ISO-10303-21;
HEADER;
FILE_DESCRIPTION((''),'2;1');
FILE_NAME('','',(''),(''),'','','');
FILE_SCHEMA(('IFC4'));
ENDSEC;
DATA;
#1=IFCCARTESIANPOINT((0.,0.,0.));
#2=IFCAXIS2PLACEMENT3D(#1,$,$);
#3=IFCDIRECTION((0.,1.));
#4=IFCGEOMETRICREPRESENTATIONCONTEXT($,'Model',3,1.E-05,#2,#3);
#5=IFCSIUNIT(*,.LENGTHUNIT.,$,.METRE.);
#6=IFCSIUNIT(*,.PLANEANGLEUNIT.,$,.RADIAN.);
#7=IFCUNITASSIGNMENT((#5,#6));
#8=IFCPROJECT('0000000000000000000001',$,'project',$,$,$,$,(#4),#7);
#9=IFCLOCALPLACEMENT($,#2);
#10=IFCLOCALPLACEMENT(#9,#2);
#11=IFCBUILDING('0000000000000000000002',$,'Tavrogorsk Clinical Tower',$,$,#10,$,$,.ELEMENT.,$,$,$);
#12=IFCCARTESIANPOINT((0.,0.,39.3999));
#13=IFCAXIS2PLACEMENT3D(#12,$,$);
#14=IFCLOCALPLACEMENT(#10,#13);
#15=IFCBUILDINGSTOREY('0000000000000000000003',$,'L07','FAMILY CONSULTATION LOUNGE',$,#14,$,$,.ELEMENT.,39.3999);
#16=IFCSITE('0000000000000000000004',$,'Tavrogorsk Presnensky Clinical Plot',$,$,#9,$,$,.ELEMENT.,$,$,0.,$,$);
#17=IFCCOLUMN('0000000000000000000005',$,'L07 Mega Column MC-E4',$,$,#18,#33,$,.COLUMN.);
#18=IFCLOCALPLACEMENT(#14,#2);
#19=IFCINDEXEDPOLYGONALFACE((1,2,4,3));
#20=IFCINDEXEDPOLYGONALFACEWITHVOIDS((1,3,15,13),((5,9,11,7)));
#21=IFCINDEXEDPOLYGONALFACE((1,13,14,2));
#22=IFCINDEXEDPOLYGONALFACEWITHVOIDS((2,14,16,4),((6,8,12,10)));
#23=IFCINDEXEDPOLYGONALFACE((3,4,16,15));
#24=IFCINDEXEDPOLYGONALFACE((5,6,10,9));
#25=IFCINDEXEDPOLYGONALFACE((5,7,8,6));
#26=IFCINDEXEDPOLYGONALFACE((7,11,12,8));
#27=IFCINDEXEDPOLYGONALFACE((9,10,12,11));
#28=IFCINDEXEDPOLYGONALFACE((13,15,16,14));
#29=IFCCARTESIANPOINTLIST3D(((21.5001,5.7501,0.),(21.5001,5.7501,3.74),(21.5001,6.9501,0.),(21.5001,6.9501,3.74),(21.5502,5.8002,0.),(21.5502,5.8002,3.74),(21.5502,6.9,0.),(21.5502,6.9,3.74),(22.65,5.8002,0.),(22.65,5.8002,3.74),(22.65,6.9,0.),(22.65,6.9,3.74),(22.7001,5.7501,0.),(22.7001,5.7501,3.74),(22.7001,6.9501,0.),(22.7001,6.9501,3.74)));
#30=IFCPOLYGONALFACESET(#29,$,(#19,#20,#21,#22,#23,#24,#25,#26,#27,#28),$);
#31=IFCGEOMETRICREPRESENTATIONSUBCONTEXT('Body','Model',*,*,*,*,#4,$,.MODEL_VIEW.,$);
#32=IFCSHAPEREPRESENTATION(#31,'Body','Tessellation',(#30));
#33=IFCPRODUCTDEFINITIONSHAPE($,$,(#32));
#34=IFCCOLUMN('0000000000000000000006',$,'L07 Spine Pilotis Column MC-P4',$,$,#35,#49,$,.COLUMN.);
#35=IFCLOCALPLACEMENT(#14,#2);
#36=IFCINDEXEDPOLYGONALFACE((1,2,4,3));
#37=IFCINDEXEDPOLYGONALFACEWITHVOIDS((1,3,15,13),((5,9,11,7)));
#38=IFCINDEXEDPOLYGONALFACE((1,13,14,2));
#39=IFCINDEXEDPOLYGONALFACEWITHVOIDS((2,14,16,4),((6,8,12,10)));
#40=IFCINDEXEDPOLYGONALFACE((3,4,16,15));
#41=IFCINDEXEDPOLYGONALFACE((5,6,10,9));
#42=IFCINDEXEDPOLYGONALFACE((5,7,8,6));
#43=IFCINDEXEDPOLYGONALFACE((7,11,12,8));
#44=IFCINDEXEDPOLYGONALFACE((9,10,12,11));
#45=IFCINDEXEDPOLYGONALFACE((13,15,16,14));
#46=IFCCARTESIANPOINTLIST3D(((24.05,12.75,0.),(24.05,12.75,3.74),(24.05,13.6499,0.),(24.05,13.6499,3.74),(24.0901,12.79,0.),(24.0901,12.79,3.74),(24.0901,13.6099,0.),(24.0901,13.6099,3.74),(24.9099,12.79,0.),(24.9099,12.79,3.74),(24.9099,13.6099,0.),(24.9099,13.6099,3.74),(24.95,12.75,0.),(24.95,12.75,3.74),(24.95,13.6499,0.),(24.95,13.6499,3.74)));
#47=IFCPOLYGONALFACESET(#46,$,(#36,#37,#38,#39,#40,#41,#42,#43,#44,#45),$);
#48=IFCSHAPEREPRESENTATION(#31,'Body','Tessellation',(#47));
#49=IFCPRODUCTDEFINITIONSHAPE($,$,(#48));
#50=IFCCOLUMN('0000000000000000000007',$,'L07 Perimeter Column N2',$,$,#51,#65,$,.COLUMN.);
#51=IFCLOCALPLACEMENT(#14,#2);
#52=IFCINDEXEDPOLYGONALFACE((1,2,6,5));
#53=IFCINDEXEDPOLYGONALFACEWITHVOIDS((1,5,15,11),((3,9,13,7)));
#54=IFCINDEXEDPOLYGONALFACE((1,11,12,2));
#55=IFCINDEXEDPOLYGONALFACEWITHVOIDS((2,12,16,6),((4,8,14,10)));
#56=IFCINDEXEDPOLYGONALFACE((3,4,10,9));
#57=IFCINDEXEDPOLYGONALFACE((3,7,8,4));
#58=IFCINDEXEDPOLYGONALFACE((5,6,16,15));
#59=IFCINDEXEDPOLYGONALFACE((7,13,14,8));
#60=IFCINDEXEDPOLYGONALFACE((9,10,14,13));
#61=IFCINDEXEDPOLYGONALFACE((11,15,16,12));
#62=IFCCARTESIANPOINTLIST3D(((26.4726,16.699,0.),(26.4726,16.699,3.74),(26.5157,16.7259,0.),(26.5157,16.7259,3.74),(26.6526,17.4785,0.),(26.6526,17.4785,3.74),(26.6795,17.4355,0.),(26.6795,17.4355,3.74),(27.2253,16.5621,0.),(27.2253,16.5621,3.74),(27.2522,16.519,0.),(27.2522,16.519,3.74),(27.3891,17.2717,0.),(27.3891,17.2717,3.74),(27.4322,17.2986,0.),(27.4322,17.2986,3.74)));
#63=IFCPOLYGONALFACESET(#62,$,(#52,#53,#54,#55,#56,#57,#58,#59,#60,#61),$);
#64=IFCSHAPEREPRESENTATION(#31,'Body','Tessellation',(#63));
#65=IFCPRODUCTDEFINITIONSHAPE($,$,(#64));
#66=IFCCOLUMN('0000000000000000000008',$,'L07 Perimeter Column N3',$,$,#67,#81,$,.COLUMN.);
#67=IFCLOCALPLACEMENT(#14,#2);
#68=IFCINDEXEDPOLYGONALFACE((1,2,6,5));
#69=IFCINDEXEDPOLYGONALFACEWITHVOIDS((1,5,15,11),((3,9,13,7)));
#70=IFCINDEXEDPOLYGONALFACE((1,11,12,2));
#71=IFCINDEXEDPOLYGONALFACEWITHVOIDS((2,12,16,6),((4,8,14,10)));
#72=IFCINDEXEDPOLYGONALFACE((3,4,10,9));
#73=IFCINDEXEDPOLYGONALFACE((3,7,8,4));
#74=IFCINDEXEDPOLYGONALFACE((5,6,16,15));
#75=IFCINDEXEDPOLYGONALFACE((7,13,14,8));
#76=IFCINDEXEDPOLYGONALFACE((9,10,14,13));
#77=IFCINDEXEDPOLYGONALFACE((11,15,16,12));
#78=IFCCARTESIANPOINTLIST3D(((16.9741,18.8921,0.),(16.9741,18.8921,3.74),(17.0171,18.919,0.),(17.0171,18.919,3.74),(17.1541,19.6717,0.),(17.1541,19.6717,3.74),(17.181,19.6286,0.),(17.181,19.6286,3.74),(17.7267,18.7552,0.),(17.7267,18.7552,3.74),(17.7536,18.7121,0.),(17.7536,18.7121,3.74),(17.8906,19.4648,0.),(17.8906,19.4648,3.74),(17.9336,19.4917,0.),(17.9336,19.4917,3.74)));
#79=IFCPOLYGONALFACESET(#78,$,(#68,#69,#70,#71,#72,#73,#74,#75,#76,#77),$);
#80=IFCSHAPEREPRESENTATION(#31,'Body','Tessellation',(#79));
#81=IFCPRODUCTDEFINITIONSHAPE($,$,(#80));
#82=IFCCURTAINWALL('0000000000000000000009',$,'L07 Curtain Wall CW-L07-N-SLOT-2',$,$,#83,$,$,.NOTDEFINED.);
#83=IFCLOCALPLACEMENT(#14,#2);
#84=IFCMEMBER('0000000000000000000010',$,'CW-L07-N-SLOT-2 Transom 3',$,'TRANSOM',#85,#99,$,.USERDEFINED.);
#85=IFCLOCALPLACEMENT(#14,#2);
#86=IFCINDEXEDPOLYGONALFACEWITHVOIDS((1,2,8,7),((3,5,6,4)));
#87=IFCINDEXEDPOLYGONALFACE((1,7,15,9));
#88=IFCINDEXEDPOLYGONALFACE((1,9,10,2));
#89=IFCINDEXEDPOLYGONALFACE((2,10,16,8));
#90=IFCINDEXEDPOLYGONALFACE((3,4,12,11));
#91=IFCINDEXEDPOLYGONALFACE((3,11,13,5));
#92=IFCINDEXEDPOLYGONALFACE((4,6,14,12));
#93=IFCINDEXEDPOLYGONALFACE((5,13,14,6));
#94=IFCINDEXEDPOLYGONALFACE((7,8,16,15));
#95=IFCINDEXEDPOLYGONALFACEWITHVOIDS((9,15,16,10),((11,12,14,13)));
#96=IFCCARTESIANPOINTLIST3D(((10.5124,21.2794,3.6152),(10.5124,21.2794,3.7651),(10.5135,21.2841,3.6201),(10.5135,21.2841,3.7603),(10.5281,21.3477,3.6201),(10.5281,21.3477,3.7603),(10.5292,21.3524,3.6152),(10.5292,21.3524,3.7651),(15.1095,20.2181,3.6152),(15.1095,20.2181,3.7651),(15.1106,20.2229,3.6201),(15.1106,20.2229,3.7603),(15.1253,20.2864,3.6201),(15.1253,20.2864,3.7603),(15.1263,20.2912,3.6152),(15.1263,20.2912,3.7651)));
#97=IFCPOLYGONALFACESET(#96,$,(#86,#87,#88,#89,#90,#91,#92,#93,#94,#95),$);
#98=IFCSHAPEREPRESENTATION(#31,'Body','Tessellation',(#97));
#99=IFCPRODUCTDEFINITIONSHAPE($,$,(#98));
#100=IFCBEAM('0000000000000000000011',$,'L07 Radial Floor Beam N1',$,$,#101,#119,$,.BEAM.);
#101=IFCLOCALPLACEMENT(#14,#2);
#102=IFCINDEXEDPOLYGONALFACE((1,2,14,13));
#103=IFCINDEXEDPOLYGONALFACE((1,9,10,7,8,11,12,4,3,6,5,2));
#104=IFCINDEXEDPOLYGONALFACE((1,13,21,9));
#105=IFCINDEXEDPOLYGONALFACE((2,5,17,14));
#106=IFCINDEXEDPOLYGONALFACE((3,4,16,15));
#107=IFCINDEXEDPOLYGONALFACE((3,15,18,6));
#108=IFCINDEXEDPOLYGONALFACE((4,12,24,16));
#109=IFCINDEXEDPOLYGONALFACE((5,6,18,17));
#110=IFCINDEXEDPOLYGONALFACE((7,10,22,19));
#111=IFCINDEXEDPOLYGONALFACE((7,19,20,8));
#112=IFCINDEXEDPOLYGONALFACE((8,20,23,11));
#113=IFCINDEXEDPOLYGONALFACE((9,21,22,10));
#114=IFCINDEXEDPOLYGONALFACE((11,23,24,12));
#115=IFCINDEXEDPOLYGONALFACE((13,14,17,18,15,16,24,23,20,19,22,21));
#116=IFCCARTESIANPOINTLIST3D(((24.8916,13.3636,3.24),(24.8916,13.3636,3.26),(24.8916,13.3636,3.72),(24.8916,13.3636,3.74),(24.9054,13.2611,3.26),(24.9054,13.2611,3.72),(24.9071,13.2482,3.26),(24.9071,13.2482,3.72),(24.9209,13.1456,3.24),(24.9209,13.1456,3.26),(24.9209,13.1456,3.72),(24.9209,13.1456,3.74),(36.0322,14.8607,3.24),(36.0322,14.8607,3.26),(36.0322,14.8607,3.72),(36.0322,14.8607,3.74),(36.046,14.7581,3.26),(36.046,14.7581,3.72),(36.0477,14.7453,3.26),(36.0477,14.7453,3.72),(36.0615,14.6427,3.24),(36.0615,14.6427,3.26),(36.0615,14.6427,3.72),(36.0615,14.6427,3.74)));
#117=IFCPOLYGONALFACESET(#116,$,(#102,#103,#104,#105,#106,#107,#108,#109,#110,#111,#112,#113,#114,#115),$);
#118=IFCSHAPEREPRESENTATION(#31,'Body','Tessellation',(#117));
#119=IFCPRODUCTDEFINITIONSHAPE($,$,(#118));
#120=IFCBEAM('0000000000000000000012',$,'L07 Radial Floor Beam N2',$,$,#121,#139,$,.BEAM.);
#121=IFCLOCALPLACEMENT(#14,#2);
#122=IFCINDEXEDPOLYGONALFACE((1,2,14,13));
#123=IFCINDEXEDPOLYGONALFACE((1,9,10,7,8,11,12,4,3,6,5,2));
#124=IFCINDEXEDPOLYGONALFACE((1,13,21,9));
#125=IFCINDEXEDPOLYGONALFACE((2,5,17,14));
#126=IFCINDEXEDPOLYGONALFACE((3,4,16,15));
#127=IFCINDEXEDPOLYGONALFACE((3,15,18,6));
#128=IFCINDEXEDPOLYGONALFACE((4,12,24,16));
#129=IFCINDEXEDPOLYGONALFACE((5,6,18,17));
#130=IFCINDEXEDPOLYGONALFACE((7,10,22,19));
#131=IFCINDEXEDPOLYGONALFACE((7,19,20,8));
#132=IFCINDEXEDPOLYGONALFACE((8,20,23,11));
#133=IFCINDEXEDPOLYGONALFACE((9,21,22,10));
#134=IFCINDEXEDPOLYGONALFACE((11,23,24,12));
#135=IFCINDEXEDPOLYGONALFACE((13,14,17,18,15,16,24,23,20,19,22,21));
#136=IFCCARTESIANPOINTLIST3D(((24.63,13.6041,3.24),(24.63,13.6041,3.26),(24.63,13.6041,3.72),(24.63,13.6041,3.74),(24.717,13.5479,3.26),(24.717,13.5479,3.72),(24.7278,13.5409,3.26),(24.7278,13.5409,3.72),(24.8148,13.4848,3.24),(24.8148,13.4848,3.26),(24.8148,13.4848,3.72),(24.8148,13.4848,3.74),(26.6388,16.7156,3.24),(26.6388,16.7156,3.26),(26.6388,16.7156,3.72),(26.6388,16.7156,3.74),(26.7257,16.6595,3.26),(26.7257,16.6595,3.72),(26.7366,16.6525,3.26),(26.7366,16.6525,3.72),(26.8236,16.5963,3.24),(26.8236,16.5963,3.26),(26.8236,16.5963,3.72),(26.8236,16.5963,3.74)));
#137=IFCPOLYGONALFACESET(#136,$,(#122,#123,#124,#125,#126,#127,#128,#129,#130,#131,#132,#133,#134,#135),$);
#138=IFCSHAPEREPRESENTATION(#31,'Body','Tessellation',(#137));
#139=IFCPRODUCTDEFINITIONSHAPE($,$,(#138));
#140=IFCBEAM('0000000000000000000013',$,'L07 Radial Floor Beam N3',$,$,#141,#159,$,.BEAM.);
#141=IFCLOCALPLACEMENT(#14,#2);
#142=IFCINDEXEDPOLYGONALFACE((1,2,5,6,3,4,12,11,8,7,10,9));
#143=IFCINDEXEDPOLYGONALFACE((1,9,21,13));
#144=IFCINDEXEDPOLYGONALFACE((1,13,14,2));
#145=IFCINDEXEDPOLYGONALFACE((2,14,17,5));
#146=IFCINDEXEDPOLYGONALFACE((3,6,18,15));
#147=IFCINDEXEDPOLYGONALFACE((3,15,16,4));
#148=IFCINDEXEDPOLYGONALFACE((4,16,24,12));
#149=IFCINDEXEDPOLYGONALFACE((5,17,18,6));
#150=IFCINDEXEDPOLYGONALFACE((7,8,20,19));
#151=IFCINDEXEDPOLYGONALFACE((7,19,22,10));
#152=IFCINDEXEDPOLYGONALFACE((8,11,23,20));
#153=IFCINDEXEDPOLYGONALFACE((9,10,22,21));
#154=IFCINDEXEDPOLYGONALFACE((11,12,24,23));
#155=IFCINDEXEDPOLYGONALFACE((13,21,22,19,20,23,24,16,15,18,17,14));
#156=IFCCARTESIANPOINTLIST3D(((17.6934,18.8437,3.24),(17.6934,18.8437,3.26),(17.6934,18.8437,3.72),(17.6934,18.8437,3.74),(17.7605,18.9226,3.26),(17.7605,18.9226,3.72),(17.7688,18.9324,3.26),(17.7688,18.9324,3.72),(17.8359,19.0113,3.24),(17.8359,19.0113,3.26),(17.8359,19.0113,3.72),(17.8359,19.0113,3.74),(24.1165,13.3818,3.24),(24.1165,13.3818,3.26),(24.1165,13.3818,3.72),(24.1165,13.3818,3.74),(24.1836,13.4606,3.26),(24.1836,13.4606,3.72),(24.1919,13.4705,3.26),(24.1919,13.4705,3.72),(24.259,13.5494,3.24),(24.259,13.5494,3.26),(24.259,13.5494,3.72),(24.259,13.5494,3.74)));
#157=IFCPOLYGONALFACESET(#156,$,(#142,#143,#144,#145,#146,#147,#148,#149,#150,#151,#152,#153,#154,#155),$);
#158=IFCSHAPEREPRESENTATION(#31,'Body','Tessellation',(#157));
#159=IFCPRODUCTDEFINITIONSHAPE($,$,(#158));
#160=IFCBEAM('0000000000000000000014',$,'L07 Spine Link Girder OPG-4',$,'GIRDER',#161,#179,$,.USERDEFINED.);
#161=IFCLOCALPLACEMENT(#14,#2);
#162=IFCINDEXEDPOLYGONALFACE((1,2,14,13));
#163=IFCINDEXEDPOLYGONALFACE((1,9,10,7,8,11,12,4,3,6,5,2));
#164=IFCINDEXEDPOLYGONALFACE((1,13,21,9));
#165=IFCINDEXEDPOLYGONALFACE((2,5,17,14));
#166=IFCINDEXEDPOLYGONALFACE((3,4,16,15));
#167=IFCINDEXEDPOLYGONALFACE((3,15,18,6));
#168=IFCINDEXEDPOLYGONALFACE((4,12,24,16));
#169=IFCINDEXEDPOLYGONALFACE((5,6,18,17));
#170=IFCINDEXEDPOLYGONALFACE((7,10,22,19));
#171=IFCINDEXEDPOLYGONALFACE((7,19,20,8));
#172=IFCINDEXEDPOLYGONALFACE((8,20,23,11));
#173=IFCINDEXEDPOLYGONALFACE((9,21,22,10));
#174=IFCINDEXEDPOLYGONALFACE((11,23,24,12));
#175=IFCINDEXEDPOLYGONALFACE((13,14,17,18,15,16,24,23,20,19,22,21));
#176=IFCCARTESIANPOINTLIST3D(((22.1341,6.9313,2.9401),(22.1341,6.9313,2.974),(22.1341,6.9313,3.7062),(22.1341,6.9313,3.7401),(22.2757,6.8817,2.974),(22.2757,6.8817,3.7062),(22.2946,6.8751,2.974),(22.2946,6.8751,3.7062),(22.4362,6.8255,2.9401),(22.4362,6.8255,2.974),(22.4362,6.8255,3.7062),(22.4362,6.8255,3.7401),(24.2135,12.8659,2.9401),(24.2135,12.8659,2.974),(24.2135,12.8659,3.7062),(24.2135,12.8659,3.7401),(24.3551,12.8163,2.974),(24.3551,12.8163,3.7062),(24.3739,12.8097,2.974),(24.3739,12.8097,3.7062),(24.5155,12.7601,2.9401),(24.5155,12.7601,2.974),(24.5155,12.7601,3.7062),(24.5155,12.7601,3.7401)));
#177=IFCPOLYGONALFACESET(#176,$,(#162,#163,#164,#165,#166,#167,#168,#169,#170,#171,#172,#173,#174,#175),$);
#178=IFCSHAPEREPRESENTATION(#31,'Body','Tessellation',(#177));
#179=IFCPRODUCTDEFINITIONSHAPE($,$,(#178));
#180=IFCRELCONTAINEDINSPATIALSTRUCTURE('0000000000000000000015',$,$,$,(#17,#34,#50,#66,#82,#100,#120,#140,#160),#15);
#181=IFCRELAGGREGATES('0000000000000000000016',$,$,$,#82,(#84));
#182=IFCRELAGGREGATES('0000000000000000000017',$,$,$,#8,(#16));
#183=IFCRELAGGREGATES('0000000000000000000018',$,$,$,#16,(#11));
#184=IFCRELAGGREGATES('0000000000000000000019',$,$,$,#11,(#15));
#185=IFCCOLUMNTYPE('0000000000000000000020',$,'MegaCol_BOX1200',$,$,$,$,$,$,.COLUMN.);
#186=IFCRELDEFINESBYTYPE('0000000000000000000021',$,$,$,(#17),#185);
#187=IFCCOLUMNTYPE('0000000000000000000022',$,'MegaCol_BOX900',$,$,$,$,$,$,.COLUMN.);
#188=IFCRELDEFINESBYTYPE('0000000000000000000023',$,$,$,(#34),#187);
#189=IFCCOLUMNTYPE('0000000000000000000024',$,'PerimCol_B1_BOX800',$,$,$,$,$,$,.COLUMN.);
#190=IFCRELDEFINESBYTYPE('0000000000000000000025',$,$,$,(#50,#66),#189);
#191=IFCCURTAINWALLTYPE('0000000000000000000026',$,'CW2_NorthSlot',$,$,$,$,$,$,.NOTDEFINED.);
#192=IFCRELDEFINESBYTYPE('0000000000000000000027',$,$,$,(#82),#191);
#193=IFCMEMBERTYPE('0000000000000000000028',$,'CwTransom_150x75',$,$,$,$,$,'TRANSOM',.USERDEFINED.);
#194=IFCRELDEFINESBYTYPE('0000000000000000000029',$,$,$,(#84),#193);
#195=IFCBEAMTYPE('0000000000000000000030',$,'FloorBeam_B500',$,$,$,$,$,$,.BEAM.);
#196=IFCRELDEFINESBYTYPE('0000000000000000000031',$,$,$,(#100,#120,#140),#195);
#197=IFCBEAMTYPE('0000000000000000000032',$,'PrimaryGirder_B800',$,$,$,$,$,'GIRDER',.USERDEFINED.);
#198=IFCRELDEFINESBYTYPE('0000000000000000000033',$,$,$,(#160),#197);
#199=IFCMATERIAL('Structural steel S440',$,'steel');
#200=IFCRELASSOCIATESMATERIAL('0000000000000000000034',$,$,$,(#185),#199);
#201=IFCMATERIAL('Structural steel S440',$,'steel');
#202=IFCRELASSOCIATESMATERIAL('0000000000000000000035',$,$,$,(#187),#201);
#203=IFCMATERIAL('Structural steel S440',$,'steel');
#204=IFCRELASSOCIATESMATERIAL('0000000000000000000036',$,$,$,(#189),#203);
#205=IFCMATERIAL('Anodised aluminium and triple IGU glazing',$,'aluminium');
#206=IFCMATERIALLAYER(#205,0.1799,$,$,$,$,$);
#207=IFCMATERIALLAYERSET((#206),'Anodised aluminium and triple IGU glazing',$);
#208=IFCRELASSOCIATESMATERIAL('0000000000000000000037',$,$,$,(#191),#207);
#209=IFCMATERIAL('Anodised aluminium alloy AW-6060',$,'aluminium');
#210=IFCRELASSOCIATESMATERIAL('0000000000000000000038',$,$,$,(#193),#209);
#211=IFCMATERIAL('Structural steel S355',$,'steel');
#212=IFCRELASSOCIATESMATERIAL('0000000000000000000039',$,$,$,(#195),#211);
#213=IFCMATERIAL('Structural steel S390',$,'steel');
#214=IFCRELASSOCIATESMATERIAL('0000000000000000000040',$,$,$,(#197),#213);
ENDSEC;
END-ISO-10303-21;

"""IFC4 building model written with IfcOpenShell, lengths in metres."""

from ifc_helpers import new_model, si_unit, direction, frame, origin, origin_2d, place, context, subcontext, project, spatial, hollow_rectangle, i_section, extrude, material, layer, layer_set, material_profile, profile_set, type_object, element, aggregate, save


model = new_model("IFC4")

# Units and contexts
model_context = context("Model", 3, precision=1e-05, world=origin(), true_north=direction((0.0, 1.0)))
body_context = subcontext(model_context, "Body", "Model", "MODEL_VIEW")
ifc_project = project(units=[si_unit("LENGTHUNIT", "METRE"), si_unit("PLANEANGLEUNIT", "RADIAN")], contexts=[model_context])

# Site, building, storey
site_placement = place(None, origin())
site = spatial("IfcSite", under=ifc_project, at=site_placement, Name="Tavrogorsk Presnensky Clinical Plot", CompositionType="ELEMENT", RefElevation=0.0)
building_placement = place(site_placement, origin())
building = spatial("IfcBuilding", under=site, at=building_placement, Name="Tavrogorsk Clinical Tower", CompositionType="ELEMENT")
storey_placement = place(building_placement, frame((0.0, 0.0, 39.3999)))
storey = spatial("IfcBuildingStorey", under=building, at=storey_placement, Name="L07", Description="FAMILY CONSULTATION LOUNGE", CompositionType="ELEMENT", Elevation=39.3999)

# Columns
ifc_material_1 = material(Name="Structural steel S440", Category="steel")
ifc_material_profile_1 = material_profile(ifc_material_1, hollow_rectangle(XDim=1.2, YDim=1.2, WallThickness=0.05, at=origin_2d()), Name="BOX-1200x1200x50")
ifc_profile_set_1 = profile_set([ifc_material_profile_1], Name="Structural steel S440")
column_type_1 = type_object("IfcColumnType", Name="MegaCol_BOX1200", PredefinedType="COLUMN", material=ifc_profile_set_1)
column_1_placement = place(storey_placement, frame((22.1001, 6.3501, 0.0), z_axis=(0.0, 0.0, 1.0), x_axis=(1.0, 0.0, 0.0)))
element("IfcColumn", 1, at=column_1_placement, inside=storey, type_object=column_type_1, Name="L07 Mega Column MC-E4", PredefinedType="COLUMN", context=body_context, shape_type="SweptSolid", body=[
    extrude(hollow_rectangle(XDim=1.2, YDim=1.2, WallThickness=0.05, at=origin_2d()), origin(), (0.0, 0.0, 1.0), 3.74),
])
ifc_material_2 = material(Name="Structural steel S440", Category="steel")
ifc_material_profile_2 = material_profile(ifc_material_2, hollow_rectangle(XDim=0.8999, YDim=0.8999, WallThickness=0.04, at=origin_2d()), Name="BOX-900x900x40")
ifc_profile_set_2 = profile_set([ifc_material_profile_2], Name="Structural steel S440")
column_type_2 = type_object("IfcColumnType", Name="MegaCol_BOX900", PredefinedType="COLUMN", material=ifc_profile_set_2)
column_2_placement = place(storey_placement, frame((24.5, 13.2, 0.0), z_axis=(0.0, 0.0, 1.0), x_axis=(1.0, 0.0, 0.0)))
element("IfcColumn", 2, at=column_2_placement, inside=storey, type_object=column_type_2, Name="L07 Spine Pilotis Column MC-P4", PredefinedType="COLUMN", context=body_context, shape_type="SweptSolid", body=[
    extrude(hollow_rectangle(XDim=0.8999, YDim=0.8999, WallThickness=0.04, at=origin_2d()), origin(), (0.0, 0.0, 1.0), 3.74),
])
ifc_material_3 = material(Name="Structural steel S440", Category="steel")
ifc_material_profile_3 = material_profile(ifc_material_3, hollow_rectangle(XDim=0.8, YDim=0.8, WallThickness=0.0359, at=origin_2d()), Name="BOX-800x800x36")
ifc_profile_set_3 = profile_set([ifc_material_profile_3], Name="Structural steel S440")
column_type_3 = type_object("IfcColumnType", Name="PerimCol_B1_BOX800", PredefinedType="COLUMN", material=ifc_profile_set_3)
for number, where, z_axis, x_axis, name in (
    (3, (26.9524, 16.9988, 0.0), (0.0, 0.0, 1.0), (0.97437, -0.224951, 0.0), "L07 Perimeter Column N2"),
    (4, (17.4539, 19.1919, 0.0), (0.0, 0.0, 1.0), (0.97437, -0.224951, 0.0), "L07 Perimeter Column N3"),
):
    element("IfcColumn", number, at=place(storey_placement, frame(where, z_axis=z_axis, x_axis=x_axis)), inside=storey, type_object=column_type_3, Name=name, PredefinedType="COLUMN", context=body_context, shape_type="SweptSolid", body=[
        extrude(hollow_rectangle(XDim=0.8, YDim=0.8, WallThickness=0.0359, at=origin_2d()), origin(), (0.0, 0.0, 1.0), 3.74),
    ])

# Curtain wall, member
ifc_material_4 = material(Name="Anodised aluminium and triple IGU glazing", Category="aluminium")
ifc_layer_1 = layer(ifc_material_4, 0.1799)
ifc_layer_set_1 = layer_set([ifc_layer_1], Name="Anodised aluminium and triple IGU glazing")
curtain_wall_type = type_object("IfcCurtainWallType", Name="CW2_NorthSlot", PredefinedType="NOTDEFINED", material=ifc_layer_set_1)
curtain_wall_placement = place(storey_placement, origin())
curtain_wall = element("IfcCurtainWall", 5, at=curtain_wall_placement, inside=storey, type_object=curtain_wall_type, Name="L07 Curtain Wall CW-L07-N-SLOT-2", PredefinedType="NOTDEFINED")
ifc_material_5 = material(Name="Anodised aluminium alloy AW-6060", Category="aluminium")
ifc_material_profile_4 = material_profile(ifc_material_5, hollow_rectangle(XDim=0.075, YDim=0.1499, WallThickness=0.0049, at=origin_2d()), Name="RHS-150x75x5")
ifc_profile_set_4 = profile_set([ifc_material_profile_4], Name="Anodised aluminium alloy AW-6060")
member_type = type_object("IfcMemberType", Name="CwTransom_150x75", ElementType="TRANSOM", PredefinedType="USERDEFINED", material=ifc_profile_set_4)
member_placement = place(storey_placement, frame((15.1179, 20.2546, 3.6902), z_axis=(-0.974373, 0.224939, 0.0), x_axis=(-0.224939, -0.974373, 0.0)))
member = element("IfcMember", 6, at=member_placement, type_object=member_type, Name="CW-L07-N-SLOT-2 Transom 3", ObjectType="TRANSOM", PredefinedType="USERDEFINED", context=body_context, shape_type="SweptSolid", body=[
    extrude(hollow_rectangle(XDim=0.075, YDim=0.1499, WallThickness=0.0049, at=origin_2d()), origin(), (0.0, 0.0, 1.0), 4.718),
])
aggregate(curtain_wall, [member])

# Beams
ifc_material_6 = material(Name="Structural steel S355", Category="steel")
ifc_material_profile_5 = material_profile(ifc_material_6, i_section(OverallWidth=0.22, OverallDepth=0.5, WebThickness=0.0129, FlangeThickness=0.02, at=origin_2d()), Name="B-500x220x13x20")
ifc_profile_set_5 = profile_set([ifc_material_profile_5], Name="Structural steel S355")
beam_type_1 = type_object("IfcBeamType", Name="FloorBeam_B500", PredefinedType="BEAM", material=ifc_profile_set_5)
beam_1_placement = place(storey_placement, frame((24.9062, 13.2546, 3.49), z_axis=(0.991092, 0.133182, 0.0), x_axis=(-0.133182, 0.991092, 0.0)))
element("IfcBeam", 7, at=beam_1_placement, inside=storey, type_object=beam_type_1, Name="L07 Radial Floor Beam N1", PredefinedType="BEAM", context=body_context, shape_type="SweptSolid", body=[
    extrude(i_section(OverallWidth=0.22, OverallDepth=0.5, WebThickness=0.0129, FlangeThickness=0.02, at=origin_2d()), origin(), (0.0, 0.0, 1.0), 11.2407),
])
beam_2_placement = place(storey_placement, frame((24.7224, 13.5444, 3.49), z_axis=(0.542379, 0.840134, 0.0), x_axis=(-0.840134, 0.542379, 0.0)))
element("IfcBeam", 8, at=beam_2_placement, inside=storey, type_object=beam_type_1, Name="L07 Radial Floor Beam N2", PredefinedType="BEAM", context=body_context, shape_type="SweptSolid", body=[
    extrude(i_section(OverallWidth=0.22, OverallDepth=0.5, WebThickness=0.0129, FlangeThickness=0.02, at=origin_2d()), origin(), (0.0, 0.0, 1.0), 3.7036),
])
beam_3_placement = place(storey_placement, frame((24.1877, 13.4656, 3.49), z_axis=(-0.761806, 0.647806, 0.0), x_axis=(-0.647806, -0.761806, 0.0)))
element("IfcBeam", 9, at=beam_3_placement, inside=storey, type_object=beam_type_1, Name="L07 Radial Floor Beam N3", PredefinedType="BEAM", context=body_context, shape_type="SweptSolid", body=[
    extrude(i_section(OverallWidth=0.22, OverallDepth=0.5, WebThickness=0.0129, FlangeThickness=0.02, at=origin_2d()), origin(), (0.0, 0.0, 1.0), 8.4314),
])
ifc_material_7 = material(Name="Structural steel S390", Category="steel")
ifc_material_profile_6 = material_profile(ifc_material_7, i_section(OverallWidth=0.3201, OverallDepth=0.8, WebThickness=0.02, FlangeThickness=0.0339, at=origin_2d()), Name="B-800x320x20x34")
ifc_profile_set_6 = profile_set([ifc_material_profile_6], Name="Structural steel S390")
beam_type_2 = type_object("IfcBeamType", Name="PrimaryGirder_B800", ElementType="GIRDER", PredefinedType="USERDEFINED", material=ifc_profile_set_6)
beam_4_placement = place(storey_placement, frame((24.3645, 12.813, 3.3401), z_axis=(-0.330669, -0.943747, 0.0), x_axis=(0.943747, -0.330669, 0.0)))
element("IfcBeam", 10, at=beam_4_placement, inside=storey, type_object=beam_type_2, Name="L07 Spine Link Girder OPG-4", ObjectType="GIRDER", PredefinedType="USERDEFINED", context=body_context, shape_type="SweptSolid", body=[
    extrude(i_section(OverallWidth=0.3201, OverallDepth=0.8, WebThickness=0.02, FlangeThickness=0.0339, at=origin_2d()), origin(), (0.0, 0.0, 1.0), 6.2883),
])

save(model, "model.ifc")
